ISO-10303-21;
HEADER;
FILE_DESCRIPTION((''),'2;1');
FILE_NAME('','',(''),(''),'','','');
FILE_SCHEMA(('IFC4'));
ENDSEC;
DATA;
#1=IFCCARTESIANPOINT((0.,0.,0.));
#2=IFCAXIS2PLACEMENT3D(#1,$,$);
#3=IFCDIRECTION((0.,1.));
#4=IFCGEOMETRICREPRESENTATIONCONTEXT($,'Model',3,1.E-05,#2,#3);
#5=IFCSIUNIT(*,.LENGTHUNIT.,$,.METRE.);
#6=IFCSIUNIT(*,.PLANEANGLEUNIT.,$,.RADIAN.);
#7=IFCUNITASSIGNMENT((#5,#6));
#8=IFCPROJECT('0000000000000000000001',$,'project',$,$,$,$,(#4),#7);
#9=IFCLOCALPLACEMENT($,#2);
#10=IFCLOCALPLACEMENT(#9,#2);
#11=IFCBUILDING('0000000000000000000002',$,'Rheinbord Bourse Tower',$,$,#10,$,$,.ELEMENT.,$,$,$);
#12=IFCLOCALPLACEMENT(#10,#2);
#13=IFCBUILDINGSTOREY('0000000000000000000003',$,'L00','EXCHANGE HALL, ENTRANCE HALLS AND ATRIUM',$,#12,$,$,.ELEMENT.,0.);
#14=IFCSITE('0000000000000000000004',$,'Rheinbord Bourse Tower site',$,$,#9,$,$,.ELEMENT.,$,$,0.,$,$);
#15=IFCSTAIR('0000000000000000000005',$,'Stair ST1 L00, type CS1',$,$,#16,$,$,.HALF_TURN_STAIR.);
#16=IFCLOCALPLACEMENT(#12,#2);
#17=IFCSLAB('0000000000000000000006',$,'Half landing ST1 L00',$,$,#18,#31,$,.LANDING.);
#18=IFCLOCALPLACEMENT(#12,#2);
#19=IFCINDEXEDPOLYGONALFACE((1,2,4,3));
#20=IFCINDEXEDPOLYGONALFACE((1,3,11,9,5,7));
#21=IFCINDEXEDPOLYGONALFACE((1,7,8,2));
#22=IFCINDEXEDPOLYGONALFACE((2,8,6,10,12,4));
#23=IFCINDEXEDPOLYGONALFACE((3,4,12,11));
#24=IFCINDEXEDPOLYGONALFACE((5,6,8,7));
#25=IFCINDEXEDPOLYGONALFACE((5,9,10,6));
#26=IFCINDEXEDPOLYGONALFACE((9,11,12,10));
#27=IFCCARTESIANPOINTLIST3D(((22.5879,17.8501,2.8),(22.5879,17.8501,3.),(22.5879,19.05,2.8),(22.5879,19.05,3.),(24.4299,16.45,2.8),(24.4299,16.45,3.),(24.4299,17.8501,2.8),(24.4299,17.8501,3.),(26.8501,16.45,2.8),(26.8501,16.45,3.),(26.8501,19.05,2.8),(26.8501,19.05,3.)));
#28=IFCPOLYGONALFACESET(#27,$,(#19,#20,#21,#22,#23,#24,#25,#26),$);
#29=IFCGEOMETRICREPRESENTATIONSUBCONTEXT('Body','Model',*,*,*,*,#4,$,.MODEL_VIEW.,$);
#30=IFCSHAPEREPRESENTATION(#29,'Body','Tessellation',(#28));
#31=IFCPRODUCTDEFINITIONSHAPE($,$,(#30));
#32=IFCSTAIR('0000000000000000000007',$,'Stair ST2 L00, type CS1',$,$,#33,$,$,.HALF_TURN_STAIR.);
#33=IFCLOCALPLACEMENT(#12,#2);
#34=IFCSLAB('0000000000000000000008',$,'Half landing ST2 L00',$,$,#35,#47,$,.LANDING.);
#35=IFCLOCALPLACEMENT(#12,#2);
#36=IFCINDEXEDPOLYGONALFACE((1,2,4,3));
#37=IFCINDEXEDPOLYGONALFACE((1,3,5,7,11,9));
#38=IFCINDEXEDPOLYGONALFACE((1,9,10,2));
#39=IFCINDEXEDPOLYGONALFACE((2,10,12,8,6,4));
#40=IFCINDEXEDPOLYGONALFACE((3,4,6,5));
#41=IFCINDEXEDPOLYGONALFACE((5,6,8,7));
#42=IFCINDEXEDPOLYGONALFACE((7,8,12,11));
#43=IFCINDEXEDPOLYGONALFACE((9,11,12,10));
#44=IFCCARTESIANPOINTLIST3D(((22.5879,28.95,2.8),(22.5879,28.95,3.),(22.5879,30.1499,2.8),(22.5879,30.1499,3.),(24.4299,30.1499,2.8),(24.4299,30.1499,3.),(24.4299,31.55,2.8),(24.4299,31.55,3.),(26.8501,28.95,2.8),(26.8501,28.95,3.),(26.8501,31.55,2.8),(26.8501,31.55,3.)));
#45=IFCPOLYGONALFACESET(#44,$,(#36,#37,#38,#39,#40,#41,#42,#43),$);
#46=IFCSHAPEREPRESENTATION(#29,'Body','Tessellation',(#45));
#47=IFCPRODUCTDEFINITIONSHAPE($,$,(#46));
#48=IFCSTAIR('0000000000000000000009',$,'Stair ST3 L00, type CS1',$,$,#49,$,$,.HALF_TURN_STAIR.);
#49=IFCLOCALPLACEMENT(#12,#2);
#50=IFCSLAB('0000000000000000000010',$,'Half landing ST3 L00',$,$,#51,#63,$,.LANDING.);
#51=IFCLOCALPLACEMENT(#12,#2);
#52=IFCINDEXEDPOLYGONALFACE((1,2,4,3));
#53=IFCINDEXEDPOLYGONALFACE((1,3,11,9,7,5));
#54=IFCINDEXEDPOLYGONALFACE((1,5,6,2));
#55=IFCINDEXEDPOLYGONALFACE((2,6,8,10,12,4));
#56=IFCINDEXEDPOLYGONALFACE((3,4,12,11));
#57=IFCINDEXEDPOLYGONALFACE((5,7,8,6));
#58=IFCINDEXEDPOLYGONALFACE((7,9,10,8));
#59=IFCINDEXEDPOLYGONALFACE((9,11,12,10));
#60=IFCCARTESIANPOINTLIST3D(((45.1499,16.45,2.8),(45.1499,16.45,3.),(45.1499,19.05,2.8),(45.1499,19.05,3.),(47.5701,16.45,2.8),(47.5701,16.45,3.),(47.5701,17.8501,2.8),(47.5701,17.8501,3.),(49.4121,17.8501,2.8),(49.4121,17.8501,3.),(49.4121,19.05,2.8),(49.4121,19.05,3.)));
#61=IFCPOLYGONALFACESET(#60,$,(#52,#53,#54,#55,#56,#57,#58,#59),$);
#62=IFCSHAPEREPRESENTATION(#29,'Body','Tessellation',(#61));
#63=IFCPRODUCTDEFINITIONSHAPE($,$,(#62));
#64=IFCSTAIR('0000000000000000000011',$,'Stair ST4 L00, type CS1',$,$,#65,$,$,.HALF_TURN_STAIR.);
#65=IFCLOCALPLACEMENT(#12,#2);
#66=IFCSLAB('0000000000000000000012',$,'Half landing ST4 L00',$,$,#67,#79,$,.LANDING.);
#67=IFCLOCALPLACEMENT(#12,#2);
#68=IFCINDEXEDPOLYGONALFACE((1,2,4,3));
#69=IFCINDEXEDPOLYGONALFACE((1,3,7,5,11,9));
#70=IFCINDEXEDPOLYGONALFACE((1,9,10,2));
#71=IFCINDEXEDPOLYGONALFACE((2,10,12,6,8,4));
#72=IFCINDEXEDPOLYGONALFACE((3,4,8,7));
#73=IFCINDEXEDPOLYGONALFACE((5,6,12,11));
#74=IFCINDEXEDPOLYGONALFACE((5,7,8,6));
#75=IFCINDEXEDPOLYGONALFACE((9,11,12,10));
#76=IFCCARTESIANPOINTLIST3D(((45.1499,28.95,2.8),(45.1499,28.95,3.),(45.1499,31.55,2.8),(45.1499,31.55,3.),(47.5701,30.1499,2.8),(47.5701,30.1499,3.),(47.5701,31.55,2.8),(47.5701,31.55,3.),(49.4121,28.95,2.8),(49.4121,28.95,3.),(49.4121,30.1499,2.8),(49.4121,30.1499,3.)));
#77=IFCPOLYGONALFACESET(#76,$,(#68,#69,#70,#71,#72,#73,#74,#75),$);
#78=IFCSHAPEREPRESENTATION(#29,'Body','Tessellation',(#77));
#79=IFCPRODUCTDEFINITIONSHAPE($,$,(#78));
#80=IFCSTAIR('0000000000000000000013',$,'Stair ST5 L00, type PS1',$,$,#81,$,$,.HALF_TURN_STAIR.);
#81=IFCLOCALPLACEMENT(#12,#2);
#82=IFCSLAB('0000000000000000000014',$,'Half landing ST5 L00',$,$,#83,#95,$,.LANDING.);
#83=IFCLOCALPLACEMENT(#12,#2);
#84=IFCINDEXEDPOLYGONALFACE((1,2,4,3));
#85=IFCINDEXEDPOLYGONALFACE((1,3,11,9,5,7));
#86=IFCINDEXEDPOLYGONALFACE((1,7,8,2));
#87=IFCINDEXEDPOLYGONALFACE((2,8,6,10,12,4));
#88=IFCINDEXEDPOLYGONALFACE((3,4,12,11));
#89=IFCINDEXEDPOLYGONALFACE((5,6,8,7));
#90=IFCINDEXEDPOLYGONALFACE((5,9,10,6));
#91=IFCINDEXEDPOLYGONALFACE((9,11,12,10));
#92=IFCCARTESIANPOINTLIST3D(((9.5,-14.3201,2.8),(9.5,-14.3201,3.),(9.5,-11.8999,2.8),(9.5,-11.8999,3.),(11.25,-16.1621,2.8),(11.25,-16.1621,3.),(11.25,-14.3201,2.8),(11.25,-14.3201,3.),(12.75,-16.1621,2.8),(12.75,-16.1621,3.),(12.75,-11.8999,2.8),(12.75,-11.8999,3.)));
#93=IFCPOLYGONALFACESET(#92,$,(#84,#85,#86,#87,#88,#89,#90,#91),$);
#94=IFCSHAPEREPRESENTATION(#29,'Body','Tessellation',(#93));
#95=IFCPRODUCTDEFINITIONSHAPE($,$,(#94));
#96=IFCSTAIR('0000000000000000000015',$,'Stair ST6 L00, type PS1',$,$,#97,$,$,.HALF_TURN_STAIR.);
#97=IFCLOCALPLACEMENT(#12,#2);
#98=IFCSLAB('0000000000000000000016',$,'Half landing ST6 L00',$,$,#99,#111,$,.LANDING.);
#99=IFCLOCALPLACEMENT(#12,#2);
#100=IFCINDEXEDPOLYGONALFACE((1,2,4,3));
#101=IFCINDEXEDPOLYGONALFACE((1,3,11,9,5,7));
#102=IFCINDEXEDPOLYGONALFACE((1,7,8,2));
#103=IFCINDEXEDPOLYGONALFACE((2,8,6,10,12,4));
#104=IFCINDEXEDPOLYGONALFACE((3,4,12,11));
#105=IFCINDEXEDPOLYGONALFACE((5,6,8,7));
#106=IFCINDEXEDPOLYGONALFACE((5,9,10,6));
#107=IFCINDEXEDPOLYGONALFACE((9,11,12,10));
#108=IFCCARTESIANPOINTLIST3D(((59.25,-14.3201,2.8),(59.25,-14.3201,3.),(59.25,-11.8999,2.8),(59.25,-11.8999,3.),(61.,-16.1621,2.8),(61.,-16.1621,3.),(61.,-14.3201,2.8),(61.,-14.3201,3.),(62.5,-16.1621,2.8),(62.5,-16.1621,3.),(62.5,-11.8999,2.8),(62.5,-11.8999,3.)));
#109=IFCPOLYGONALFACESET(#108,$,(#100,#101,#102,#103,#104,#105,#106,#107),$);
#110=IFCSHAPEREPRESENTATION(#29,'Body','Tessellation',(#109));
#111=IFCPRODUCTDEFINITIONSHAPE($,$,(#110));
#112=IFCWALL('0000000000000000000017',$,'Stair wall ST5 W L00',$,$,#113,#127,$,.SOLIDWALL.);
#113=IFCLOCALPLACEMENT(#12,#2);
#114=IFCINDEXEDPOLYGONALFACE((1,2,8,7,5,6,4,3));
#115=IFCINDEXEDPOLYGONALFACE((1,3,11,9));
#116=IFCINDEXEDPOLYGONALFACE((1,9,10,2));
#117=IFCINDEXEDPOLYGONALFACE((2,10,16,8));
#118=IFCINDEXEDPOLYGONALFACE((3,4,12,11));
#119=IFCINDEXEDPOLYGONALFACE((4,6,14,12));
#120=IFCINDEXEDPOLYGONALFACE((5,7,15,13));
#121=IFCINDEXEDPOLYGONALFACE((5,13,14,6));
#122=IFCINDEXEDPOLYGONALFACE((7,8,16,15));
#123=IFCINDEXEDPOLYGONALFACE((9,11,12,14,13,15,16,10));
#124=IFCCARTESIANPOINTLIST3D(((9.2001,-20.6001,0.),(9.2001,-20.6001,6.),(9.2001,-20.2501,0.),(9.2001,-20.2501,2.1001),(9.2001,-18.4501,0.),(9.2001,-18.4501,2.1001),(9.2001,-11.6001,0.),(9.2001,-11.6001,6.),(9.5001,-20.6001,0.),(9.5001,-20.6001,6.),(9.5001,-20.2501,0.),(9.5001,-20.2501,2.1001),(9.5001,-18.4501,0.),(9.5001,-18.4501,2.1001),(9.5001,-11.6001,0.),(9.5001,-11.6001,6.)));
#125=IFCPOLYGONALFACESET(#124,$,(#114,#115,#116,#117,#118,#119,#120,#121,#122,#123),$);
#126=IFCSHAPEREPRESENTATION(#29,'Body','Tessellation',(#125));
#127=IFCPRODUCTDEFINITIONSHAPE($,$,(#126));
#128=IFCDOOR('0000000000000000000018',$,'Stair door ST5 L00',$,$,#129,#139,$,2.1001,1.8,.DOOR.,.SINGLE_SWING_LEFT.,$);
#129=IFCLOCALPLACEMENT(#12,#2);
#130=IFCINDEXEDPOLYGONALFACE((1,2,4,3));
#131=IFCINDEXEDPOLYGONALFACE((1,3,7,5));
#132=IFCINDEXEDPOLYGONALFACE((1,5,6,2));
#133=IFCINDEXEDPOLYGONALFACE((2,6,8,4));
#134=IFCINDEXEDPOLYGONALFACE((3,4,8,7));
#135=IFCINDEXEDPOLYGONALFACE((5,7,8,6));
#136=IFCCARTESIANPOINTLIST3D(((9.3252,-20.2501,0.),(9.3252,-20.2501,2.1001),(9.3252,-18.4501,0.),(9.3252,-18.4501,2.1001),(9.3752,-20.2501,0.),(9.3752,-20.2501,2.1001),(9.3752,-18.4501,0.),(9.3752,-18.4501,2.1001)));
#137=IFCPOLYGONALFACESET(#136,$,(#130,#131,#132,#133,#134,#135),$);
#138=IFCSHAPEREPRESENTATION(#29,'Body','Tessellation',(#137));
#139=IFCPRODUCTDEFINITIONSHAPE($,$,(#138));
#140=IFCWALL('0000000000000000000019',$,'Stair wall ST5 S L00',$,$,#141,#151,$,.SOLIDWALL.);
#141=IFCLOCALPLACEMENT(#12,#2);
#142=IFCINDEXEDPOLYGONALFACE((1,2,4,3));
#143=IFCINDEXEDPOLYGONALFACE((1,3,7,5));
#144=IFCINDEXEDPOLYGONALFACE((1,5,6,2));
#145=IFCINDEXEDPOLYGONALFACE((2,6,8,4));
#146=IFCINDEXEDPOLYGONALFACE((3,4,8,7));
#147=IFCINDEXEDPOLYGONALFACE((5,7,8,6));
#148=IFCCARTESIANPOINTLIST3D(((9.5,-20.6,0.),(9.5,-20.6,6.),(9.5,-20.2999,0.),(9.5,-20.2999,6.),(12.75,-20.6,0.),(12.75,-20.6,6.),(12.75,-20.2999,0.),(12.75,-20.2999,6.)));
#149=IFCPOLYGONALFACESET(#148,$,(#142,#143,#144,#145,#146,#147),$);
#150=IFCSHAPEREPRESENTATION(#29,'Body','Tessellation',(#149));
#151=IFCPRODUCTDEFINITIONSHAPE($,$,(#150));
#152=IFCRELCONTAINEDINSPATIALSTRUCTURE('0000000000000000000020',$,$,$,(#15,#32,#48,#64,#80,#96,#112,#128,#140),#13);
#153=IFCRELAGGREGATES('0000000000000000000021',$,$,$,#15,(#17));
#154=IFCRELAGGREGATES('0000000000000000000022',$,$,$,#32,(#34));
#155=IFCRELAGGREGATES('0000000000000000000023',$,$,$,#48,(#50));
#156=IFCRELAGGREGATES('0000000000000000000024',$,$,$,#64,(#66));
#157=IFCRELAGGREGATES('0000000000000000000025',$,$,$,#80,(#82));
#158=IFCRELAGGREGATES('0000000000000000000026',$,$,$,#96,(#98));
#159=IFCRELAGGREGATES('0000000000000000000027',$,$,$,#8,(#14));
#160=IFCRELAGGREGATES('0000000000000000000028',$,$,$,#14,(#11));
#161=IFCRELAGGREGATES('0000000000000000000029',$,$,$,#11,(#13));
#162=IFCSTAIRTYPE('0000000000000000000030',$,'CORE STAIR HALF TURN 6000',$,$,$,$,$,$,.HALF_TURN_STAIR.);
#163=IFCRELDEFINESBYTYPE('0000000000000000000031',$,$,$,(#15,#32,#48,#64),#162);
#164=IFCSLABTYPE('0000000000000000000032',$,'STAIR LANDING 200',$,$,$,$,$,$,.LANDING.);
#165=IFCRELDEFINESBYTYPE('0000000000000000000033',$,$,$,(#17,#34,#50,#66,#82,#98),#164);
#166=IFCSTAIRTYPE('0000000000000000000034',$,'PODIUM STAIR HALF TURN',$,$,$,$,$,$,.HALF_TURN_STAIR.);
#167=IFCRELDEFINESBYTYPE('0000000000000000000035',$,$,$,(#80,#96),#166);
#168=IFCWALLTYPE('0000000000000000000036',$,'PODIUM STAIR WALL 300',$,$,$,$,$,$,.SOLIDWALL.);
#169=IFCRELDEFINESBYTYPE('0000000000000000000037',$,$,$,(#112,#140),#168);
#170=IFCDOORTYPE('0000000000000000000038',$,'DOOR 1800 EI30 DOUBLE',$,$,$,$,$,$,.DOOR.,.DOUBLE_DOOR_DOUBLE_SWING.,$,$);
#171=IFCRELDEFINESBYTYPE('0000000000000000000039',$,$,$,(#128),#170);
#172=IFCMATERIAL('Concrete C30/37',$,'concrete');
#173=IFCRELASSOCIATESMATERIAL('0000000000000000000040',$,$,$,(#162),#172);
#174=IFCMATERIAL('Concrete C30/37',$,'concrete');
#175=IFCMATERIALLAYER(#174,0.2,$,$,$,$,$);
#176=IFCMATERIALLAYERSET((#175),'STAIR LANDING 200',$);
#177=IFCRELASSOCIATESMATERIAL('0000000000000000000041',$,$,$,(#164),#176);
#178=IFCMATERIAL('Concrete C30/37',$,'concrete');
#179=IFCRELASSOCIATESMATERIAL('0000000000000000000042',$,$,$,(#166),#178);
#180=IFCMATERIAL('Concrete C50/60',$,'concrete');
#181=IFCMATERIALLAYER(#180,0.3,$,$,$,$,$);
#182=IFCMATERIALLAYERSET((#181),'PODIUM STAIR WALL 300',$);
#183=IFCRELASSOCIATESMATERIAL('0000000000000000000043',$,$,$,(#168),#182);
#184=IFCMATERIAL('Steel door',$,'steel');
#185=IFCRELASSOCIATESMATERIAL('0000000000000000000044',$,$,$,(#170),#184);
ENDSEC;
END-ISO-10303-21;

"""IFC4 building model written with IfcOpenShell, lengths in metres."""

from ifc_helpers import new_model, si_unit, direction, frame, frame_2d, origin, place, context, subcontext, project, spatial, polyline, rectangle, outline, extrude, material, layer, layer_set, type_object, element, fill, aggregate, save


model = new_model("IFC4")

# Units and contexts
model_context = context("Model", 3, precision=1e-05, world=origin(), true_north=direction((0.0, 1.0)))
body_context = subcontext(model_context, "Body", "Model", "MODEL_VIEW")
ifc_project = project(units=[si_unit("LENGTHUNIT", "METRE"), si_unit("PLANEANGLEUNIT", "RADIAN")], contexts=[model_context])

# Site, building, storey
site_placement = place(None, origin())
site = spatial("IfcSite", under=ifc_project, at=site_placement, Name="Rheinbord Bourse Tower site", CompositionType="ELEMENT", RefElevation=0.0)
building_placement = place(site_placement, origin())
building = spatial("IfcBuilding", under=site, at=building_placement, Name="Rheinbord Bourse Tower", CompositionType="ELEMENT")
storey_placement = place(building_placement, origin())
storey = spatial("IfcBuildingStorey", under=building, at=storey_placement, Name="L00", Description="EXCHANGE HALL, ENTRANCE HALLS AND ATRIUM", CompositionType="ELEMENT", Elevation=0.0)

# Stairs, slabs
ifc_material_1 = material(Name="Concrete C30/37", Category="concrete")
stair_type_1 = type_object("IfcStairType", Name="CORE STAIR HALF TURN 6000", PredefinedType="HALF_TURN_STAIR", material=ifc_material_1)
stair_1_placement = place(storey_placement, origin())
stair_1 = element("IfcStair", 1, at=stair_1_placement, inside=storey, type_object=stair_type_1, Name="Stair ST1 L00, type CS1", PredefinedType="HALF_TURN_STAIR")
ifc_material_2 = material(Name="Concrete C30/37", Category="concrete")
ifc_layer_1 = layer(ifc_material_2, 0.2)
ifc_layer_set_1 = layer_set([ifc_layer_1], Name="STAIR LANDING 200")
slab_type_1 = type_object("IfcSlabType", Name="STAIR LANDING 200", PredefinedType="LANDING", material=ifc_layer_set_1)
slab_1_placement = place(storey_placement, frame((0.0, 0.0, 2.8)))
slab_1 = element("IfcSlab", 2, at=slab_1_placement, type_object=slab_type_1, Name="Half landing ST1 L00", PredefinedType="LANDING", context=body_context, shape_type="SweptSolid", body=[
    extrude(outline(polyline([(24.4299, 16.45), (26.8501, 16.45), (26.8501, 19.05), (22.5879, 19.05), (22.5879, 17.8501), (24.4299, 17.8501), (24.4299, 16.45)])), origin(), (0.0, 0.0, 1.0), 0.2),
])
aggregate(stair_1, [slab_1])
stair_2_placement = place(storey_placement, origin())
stair_2 = element("IfcStair", 3, at=stair_2_placement, inside=storey, type_object=stair_type_1, Name="Stair ST2 L00, type CS1", PredefinedType="HALF_TURN_STAIR")
slab_2_placement = place(storey_placement, frame((0.0, 0.0, 2.8)))
slab_2 = element("IfcSlab", 4, at=slab_2_placement, type_object=slab_type_1, Name="Half landing ST2 L00", PredefinedType="LANDING", context=body_context, shape_type="SweptSolid", body=[
    extrude(outline(polyline([(22.5879, 28.95), (26.8501, 28.95), (26.8501, 31.55), (24.4299, 31.55), (24.4299, 30.1499), (22.5879, 30.1499), (22.5879, 28.95)])), origin(), (0.0, 0.0, 1.0), 0.2),
])
aggregate(stair_2, [slab_2])
stair_3_placement = place(storey_placement, origin())
stair_3 = element("IfcStair", 5, at=stair_3_placement, inside=storey, type_object=stair_type_1, Name="Stair ST3 L00, type CS1", PredefinedType="HALF_TURN_STAIR")
slab_3_placement = place(storey_placement, frame((0.0, 0.0, 2.8)))
slab_3 = element("IfcSlab", 6, at=slab_3_placement, type_object=slab_type_1, Name="Half landing ST3 L00", PredefinedType="LANDING", context=body_context, shape_type="SweptSolid", body=[
    extrude(outline(polyline([(45.1499, 16.45), (47.5701, 16.45), (47.5701, 17.8501), (49.4121, 17.8501), (49.4121, 19.05), (45.1499, 19.05), (45.1499, 16.45)])), origin(), (0.0, 0.0, 1.0), 0.2),
])
aggregate(stair_3, [slab_3])
stair_4_placement = place(storey_placement, origin())
stair_4 = element("IfcStair", 7, at=stair_4_placement, inside=storey, type_object=stair_type_1, Name="Stair ST4 L00, type CS1", PredefinedType="HALF_TURN_STAIR")
slab_4_placement = place(storey_placement, frame((0.0, 0.0, 2.8)))
slab_4 = element("IfcSlab", 8, at=slab_4_placement, type_object=slab_type_1, Name="Half landing ST4 L00", PredefinedType="LANDING", context=body_context, shape_type="SweptSolid", body=[
    extrude(outline(polyline([(45.1499, 28.95), (49.4121, 28.95), (49.4121, 30.1499), (47.5701, 30.1499), (47.5701, 31.55), (45.1499, 31.55), (45.1499, 28.95)])), origin(), (0.0, 0.0, 1.0), 0.2),
])
aggregate(stair_4, [slab_4])
ifc_material_3 = material(Name="Concrete C30/37", Category="concrete")
stair_type_2 = type_object("IfcStairType", Name="PODIUM STAIR HALF TURN", PredefinedType="HALF_TURN_STAIR", material=ifc_material_3)
stair_5_placement = place(storey_placement, origin())
stair_5 = element("IfcStair", 9, at=stair_5_placement, inside=storey, type_object=stair_type_2, Name="Stair ST5 L00, type PS1", PredefinedType="HALF_TURN_STAIR")
slab_5_placement = place(storey_placement, frame((0.0, 0.0, 2.8)))
slab_5 = element("IfcSlab", 10, at=slab_5_placement, type_object=slab_type_1, Name="Half landing ST5 L00", PredefinedType="LANDING", context=body_context, shape_type="SweptSolid", body=[
    extrude(outline(polyline([(9.5, -14.3201), (11.25, -14.3201), (11.25, -16.1621), (12.75, -16.1621), (12.75, -11.8999), (9.5, -11.8999), (9.5, -14.3201)])), origin(), (0.0, 0.0, 1.0), 0.2),
])
aggregate(stair_5, [slab_5])
stair_6_placement = place(storey_placement, origin())
stair_6 = element("IfcStair", 11, at=stair_6_placement, inside=storey, type_object=stair_type_2, Name="Stair ST6 L00, type PS1", PredefinedType="HALF_TURN_STAIR")
slab_6_placement = place(storey_placement, frame((0.0, 0.0, 2.8)))
slab_6 = element("IfcSlab", 12, at=slab_6_placement, type_object=slab_type_1, Name="Half landing ST6 L00", PredefinedType="LANDING", context=body_context, shape_type="SweptSolid", body=[
    extrude(outline(polyline([(59.25, -14.3201), (61.0, -14.3201), (61.0, -16.1621), (62.5, -16.1621), (62.5, -11.8999), (59.25, -11.8999), (59.25, -14.3201)])), origin(), (0.0, 0.0, 1.0), 0.2),
])
aggregate(stair_6, [slab_6])

# Wall, opening, door
ifc_material_4 = material(Name="Concrete C50/60", Category="concrete")
ifc_layer_2 = layer(ifc_material_4, 0.3)
ifc_layer_set_2 = layer_set([ifc_layer_2], Name="PODIUM STAIR WALL 300")
wall_type = type_object("IfcWallType", Name="PODIUM STAIR WALL 300", PredefinedType="SOLIDWALL", material=ifc_layer_set_2)
wall_1_placement = place(storey_placement, frame((9.3501, -20.6001, 0.0), z_axis=(0.0, 0.0, 1.0), x_axis=(0.0, 1.0, 0.0)))
wall_1 = element("IfcWall", 13, at=wall_1_placement, inside=storey, type_object=wall_type, Name="Stair wall ST5 W L00", PredefinedType="SOLIDWALL", context=body_context, shape_type="SweptSolid", body=[
    extrude(rectangle(XDim=9.0, YDim=0.3, at=frame_2d((4.5, 0.0))), origin(), (0.0, 0.0, 1.0), 6.0),
])
opening_placement = place(wall_1_placement, frame((0.3501, 0.0, 0.0)))
opening = element("IfcOpeningElement", 14, at=opening_placement, cuts=wall_1, PredefinedType="OPENING", context=body_context, shape_type="SweptSolid", body=[
    extrude(rectangle(XDim=1.8, YDim=2.1001, at=frame_2d((0.8999, 1.05))), frame((0.0, 0.1599, 0.0), z_axis=(0.0, -1.0, 0.0), x_axis=(1.0, 0.0, 0.0)), (0.0, 0.0, 1.0), 0.3201),
])
ifc_material_5 = material(Name="Steel door", Category="steel")
door_type = type_object("IfcDoorType", Name="DOOR 1800 EI30 DOUBLE", OperationType="DOUBLE_DOOR_DOUBLE_SWING", PredefinedType="DOOR", material=ifc_material_5)
door_placement = place(opening_placement, origin())
door = element("IfcDoor", 15, at=door_placement, inside=storey, type_object=door_type, Name="Stair door ST5 L00", OperationType="SINGLE_SWING_LEFT", OverallHeight=2.1001, OverallWidth=1.8, PredefinedType="DOOR", context=body_context, shape_type="SweptSolid", body=[
    extrude(rectangle(XDim=1.8, YDim=2.1001, at=frame_2d((0.8999, 1.05))), frame((0.0, 0.0249, 0.0), z_axis=(0.0, -1.0, 0.0), x_axis=(1.0, 0.0, 0.0)), (0.0, 0.0, 1.0), 0.05),
])
fill(opening, door)

# Wall
wall_2_placement = place(storey_placement, frame((9.5, -20.45, 0.0), z_axis=(0.0, 0.0, 1.0), x_axis=(1.0, 0.0, 0.0)))
element("IfcWall", 16, at=wall_2_placement, inside=storey, type_object=wall_type, Name="Stair wall ST5 S L00", PredefinedType="SOLIDWALL", context=body_context, shape_type="SweptSolid", body=[
    extrude(rectangle(XDim=3.25, YDim=0.3, at=frame_2d((1.625, 0.0))), origin(), (0.0, 0.0, 1.0), 6.0),
])

save(model, "model.ifc")
